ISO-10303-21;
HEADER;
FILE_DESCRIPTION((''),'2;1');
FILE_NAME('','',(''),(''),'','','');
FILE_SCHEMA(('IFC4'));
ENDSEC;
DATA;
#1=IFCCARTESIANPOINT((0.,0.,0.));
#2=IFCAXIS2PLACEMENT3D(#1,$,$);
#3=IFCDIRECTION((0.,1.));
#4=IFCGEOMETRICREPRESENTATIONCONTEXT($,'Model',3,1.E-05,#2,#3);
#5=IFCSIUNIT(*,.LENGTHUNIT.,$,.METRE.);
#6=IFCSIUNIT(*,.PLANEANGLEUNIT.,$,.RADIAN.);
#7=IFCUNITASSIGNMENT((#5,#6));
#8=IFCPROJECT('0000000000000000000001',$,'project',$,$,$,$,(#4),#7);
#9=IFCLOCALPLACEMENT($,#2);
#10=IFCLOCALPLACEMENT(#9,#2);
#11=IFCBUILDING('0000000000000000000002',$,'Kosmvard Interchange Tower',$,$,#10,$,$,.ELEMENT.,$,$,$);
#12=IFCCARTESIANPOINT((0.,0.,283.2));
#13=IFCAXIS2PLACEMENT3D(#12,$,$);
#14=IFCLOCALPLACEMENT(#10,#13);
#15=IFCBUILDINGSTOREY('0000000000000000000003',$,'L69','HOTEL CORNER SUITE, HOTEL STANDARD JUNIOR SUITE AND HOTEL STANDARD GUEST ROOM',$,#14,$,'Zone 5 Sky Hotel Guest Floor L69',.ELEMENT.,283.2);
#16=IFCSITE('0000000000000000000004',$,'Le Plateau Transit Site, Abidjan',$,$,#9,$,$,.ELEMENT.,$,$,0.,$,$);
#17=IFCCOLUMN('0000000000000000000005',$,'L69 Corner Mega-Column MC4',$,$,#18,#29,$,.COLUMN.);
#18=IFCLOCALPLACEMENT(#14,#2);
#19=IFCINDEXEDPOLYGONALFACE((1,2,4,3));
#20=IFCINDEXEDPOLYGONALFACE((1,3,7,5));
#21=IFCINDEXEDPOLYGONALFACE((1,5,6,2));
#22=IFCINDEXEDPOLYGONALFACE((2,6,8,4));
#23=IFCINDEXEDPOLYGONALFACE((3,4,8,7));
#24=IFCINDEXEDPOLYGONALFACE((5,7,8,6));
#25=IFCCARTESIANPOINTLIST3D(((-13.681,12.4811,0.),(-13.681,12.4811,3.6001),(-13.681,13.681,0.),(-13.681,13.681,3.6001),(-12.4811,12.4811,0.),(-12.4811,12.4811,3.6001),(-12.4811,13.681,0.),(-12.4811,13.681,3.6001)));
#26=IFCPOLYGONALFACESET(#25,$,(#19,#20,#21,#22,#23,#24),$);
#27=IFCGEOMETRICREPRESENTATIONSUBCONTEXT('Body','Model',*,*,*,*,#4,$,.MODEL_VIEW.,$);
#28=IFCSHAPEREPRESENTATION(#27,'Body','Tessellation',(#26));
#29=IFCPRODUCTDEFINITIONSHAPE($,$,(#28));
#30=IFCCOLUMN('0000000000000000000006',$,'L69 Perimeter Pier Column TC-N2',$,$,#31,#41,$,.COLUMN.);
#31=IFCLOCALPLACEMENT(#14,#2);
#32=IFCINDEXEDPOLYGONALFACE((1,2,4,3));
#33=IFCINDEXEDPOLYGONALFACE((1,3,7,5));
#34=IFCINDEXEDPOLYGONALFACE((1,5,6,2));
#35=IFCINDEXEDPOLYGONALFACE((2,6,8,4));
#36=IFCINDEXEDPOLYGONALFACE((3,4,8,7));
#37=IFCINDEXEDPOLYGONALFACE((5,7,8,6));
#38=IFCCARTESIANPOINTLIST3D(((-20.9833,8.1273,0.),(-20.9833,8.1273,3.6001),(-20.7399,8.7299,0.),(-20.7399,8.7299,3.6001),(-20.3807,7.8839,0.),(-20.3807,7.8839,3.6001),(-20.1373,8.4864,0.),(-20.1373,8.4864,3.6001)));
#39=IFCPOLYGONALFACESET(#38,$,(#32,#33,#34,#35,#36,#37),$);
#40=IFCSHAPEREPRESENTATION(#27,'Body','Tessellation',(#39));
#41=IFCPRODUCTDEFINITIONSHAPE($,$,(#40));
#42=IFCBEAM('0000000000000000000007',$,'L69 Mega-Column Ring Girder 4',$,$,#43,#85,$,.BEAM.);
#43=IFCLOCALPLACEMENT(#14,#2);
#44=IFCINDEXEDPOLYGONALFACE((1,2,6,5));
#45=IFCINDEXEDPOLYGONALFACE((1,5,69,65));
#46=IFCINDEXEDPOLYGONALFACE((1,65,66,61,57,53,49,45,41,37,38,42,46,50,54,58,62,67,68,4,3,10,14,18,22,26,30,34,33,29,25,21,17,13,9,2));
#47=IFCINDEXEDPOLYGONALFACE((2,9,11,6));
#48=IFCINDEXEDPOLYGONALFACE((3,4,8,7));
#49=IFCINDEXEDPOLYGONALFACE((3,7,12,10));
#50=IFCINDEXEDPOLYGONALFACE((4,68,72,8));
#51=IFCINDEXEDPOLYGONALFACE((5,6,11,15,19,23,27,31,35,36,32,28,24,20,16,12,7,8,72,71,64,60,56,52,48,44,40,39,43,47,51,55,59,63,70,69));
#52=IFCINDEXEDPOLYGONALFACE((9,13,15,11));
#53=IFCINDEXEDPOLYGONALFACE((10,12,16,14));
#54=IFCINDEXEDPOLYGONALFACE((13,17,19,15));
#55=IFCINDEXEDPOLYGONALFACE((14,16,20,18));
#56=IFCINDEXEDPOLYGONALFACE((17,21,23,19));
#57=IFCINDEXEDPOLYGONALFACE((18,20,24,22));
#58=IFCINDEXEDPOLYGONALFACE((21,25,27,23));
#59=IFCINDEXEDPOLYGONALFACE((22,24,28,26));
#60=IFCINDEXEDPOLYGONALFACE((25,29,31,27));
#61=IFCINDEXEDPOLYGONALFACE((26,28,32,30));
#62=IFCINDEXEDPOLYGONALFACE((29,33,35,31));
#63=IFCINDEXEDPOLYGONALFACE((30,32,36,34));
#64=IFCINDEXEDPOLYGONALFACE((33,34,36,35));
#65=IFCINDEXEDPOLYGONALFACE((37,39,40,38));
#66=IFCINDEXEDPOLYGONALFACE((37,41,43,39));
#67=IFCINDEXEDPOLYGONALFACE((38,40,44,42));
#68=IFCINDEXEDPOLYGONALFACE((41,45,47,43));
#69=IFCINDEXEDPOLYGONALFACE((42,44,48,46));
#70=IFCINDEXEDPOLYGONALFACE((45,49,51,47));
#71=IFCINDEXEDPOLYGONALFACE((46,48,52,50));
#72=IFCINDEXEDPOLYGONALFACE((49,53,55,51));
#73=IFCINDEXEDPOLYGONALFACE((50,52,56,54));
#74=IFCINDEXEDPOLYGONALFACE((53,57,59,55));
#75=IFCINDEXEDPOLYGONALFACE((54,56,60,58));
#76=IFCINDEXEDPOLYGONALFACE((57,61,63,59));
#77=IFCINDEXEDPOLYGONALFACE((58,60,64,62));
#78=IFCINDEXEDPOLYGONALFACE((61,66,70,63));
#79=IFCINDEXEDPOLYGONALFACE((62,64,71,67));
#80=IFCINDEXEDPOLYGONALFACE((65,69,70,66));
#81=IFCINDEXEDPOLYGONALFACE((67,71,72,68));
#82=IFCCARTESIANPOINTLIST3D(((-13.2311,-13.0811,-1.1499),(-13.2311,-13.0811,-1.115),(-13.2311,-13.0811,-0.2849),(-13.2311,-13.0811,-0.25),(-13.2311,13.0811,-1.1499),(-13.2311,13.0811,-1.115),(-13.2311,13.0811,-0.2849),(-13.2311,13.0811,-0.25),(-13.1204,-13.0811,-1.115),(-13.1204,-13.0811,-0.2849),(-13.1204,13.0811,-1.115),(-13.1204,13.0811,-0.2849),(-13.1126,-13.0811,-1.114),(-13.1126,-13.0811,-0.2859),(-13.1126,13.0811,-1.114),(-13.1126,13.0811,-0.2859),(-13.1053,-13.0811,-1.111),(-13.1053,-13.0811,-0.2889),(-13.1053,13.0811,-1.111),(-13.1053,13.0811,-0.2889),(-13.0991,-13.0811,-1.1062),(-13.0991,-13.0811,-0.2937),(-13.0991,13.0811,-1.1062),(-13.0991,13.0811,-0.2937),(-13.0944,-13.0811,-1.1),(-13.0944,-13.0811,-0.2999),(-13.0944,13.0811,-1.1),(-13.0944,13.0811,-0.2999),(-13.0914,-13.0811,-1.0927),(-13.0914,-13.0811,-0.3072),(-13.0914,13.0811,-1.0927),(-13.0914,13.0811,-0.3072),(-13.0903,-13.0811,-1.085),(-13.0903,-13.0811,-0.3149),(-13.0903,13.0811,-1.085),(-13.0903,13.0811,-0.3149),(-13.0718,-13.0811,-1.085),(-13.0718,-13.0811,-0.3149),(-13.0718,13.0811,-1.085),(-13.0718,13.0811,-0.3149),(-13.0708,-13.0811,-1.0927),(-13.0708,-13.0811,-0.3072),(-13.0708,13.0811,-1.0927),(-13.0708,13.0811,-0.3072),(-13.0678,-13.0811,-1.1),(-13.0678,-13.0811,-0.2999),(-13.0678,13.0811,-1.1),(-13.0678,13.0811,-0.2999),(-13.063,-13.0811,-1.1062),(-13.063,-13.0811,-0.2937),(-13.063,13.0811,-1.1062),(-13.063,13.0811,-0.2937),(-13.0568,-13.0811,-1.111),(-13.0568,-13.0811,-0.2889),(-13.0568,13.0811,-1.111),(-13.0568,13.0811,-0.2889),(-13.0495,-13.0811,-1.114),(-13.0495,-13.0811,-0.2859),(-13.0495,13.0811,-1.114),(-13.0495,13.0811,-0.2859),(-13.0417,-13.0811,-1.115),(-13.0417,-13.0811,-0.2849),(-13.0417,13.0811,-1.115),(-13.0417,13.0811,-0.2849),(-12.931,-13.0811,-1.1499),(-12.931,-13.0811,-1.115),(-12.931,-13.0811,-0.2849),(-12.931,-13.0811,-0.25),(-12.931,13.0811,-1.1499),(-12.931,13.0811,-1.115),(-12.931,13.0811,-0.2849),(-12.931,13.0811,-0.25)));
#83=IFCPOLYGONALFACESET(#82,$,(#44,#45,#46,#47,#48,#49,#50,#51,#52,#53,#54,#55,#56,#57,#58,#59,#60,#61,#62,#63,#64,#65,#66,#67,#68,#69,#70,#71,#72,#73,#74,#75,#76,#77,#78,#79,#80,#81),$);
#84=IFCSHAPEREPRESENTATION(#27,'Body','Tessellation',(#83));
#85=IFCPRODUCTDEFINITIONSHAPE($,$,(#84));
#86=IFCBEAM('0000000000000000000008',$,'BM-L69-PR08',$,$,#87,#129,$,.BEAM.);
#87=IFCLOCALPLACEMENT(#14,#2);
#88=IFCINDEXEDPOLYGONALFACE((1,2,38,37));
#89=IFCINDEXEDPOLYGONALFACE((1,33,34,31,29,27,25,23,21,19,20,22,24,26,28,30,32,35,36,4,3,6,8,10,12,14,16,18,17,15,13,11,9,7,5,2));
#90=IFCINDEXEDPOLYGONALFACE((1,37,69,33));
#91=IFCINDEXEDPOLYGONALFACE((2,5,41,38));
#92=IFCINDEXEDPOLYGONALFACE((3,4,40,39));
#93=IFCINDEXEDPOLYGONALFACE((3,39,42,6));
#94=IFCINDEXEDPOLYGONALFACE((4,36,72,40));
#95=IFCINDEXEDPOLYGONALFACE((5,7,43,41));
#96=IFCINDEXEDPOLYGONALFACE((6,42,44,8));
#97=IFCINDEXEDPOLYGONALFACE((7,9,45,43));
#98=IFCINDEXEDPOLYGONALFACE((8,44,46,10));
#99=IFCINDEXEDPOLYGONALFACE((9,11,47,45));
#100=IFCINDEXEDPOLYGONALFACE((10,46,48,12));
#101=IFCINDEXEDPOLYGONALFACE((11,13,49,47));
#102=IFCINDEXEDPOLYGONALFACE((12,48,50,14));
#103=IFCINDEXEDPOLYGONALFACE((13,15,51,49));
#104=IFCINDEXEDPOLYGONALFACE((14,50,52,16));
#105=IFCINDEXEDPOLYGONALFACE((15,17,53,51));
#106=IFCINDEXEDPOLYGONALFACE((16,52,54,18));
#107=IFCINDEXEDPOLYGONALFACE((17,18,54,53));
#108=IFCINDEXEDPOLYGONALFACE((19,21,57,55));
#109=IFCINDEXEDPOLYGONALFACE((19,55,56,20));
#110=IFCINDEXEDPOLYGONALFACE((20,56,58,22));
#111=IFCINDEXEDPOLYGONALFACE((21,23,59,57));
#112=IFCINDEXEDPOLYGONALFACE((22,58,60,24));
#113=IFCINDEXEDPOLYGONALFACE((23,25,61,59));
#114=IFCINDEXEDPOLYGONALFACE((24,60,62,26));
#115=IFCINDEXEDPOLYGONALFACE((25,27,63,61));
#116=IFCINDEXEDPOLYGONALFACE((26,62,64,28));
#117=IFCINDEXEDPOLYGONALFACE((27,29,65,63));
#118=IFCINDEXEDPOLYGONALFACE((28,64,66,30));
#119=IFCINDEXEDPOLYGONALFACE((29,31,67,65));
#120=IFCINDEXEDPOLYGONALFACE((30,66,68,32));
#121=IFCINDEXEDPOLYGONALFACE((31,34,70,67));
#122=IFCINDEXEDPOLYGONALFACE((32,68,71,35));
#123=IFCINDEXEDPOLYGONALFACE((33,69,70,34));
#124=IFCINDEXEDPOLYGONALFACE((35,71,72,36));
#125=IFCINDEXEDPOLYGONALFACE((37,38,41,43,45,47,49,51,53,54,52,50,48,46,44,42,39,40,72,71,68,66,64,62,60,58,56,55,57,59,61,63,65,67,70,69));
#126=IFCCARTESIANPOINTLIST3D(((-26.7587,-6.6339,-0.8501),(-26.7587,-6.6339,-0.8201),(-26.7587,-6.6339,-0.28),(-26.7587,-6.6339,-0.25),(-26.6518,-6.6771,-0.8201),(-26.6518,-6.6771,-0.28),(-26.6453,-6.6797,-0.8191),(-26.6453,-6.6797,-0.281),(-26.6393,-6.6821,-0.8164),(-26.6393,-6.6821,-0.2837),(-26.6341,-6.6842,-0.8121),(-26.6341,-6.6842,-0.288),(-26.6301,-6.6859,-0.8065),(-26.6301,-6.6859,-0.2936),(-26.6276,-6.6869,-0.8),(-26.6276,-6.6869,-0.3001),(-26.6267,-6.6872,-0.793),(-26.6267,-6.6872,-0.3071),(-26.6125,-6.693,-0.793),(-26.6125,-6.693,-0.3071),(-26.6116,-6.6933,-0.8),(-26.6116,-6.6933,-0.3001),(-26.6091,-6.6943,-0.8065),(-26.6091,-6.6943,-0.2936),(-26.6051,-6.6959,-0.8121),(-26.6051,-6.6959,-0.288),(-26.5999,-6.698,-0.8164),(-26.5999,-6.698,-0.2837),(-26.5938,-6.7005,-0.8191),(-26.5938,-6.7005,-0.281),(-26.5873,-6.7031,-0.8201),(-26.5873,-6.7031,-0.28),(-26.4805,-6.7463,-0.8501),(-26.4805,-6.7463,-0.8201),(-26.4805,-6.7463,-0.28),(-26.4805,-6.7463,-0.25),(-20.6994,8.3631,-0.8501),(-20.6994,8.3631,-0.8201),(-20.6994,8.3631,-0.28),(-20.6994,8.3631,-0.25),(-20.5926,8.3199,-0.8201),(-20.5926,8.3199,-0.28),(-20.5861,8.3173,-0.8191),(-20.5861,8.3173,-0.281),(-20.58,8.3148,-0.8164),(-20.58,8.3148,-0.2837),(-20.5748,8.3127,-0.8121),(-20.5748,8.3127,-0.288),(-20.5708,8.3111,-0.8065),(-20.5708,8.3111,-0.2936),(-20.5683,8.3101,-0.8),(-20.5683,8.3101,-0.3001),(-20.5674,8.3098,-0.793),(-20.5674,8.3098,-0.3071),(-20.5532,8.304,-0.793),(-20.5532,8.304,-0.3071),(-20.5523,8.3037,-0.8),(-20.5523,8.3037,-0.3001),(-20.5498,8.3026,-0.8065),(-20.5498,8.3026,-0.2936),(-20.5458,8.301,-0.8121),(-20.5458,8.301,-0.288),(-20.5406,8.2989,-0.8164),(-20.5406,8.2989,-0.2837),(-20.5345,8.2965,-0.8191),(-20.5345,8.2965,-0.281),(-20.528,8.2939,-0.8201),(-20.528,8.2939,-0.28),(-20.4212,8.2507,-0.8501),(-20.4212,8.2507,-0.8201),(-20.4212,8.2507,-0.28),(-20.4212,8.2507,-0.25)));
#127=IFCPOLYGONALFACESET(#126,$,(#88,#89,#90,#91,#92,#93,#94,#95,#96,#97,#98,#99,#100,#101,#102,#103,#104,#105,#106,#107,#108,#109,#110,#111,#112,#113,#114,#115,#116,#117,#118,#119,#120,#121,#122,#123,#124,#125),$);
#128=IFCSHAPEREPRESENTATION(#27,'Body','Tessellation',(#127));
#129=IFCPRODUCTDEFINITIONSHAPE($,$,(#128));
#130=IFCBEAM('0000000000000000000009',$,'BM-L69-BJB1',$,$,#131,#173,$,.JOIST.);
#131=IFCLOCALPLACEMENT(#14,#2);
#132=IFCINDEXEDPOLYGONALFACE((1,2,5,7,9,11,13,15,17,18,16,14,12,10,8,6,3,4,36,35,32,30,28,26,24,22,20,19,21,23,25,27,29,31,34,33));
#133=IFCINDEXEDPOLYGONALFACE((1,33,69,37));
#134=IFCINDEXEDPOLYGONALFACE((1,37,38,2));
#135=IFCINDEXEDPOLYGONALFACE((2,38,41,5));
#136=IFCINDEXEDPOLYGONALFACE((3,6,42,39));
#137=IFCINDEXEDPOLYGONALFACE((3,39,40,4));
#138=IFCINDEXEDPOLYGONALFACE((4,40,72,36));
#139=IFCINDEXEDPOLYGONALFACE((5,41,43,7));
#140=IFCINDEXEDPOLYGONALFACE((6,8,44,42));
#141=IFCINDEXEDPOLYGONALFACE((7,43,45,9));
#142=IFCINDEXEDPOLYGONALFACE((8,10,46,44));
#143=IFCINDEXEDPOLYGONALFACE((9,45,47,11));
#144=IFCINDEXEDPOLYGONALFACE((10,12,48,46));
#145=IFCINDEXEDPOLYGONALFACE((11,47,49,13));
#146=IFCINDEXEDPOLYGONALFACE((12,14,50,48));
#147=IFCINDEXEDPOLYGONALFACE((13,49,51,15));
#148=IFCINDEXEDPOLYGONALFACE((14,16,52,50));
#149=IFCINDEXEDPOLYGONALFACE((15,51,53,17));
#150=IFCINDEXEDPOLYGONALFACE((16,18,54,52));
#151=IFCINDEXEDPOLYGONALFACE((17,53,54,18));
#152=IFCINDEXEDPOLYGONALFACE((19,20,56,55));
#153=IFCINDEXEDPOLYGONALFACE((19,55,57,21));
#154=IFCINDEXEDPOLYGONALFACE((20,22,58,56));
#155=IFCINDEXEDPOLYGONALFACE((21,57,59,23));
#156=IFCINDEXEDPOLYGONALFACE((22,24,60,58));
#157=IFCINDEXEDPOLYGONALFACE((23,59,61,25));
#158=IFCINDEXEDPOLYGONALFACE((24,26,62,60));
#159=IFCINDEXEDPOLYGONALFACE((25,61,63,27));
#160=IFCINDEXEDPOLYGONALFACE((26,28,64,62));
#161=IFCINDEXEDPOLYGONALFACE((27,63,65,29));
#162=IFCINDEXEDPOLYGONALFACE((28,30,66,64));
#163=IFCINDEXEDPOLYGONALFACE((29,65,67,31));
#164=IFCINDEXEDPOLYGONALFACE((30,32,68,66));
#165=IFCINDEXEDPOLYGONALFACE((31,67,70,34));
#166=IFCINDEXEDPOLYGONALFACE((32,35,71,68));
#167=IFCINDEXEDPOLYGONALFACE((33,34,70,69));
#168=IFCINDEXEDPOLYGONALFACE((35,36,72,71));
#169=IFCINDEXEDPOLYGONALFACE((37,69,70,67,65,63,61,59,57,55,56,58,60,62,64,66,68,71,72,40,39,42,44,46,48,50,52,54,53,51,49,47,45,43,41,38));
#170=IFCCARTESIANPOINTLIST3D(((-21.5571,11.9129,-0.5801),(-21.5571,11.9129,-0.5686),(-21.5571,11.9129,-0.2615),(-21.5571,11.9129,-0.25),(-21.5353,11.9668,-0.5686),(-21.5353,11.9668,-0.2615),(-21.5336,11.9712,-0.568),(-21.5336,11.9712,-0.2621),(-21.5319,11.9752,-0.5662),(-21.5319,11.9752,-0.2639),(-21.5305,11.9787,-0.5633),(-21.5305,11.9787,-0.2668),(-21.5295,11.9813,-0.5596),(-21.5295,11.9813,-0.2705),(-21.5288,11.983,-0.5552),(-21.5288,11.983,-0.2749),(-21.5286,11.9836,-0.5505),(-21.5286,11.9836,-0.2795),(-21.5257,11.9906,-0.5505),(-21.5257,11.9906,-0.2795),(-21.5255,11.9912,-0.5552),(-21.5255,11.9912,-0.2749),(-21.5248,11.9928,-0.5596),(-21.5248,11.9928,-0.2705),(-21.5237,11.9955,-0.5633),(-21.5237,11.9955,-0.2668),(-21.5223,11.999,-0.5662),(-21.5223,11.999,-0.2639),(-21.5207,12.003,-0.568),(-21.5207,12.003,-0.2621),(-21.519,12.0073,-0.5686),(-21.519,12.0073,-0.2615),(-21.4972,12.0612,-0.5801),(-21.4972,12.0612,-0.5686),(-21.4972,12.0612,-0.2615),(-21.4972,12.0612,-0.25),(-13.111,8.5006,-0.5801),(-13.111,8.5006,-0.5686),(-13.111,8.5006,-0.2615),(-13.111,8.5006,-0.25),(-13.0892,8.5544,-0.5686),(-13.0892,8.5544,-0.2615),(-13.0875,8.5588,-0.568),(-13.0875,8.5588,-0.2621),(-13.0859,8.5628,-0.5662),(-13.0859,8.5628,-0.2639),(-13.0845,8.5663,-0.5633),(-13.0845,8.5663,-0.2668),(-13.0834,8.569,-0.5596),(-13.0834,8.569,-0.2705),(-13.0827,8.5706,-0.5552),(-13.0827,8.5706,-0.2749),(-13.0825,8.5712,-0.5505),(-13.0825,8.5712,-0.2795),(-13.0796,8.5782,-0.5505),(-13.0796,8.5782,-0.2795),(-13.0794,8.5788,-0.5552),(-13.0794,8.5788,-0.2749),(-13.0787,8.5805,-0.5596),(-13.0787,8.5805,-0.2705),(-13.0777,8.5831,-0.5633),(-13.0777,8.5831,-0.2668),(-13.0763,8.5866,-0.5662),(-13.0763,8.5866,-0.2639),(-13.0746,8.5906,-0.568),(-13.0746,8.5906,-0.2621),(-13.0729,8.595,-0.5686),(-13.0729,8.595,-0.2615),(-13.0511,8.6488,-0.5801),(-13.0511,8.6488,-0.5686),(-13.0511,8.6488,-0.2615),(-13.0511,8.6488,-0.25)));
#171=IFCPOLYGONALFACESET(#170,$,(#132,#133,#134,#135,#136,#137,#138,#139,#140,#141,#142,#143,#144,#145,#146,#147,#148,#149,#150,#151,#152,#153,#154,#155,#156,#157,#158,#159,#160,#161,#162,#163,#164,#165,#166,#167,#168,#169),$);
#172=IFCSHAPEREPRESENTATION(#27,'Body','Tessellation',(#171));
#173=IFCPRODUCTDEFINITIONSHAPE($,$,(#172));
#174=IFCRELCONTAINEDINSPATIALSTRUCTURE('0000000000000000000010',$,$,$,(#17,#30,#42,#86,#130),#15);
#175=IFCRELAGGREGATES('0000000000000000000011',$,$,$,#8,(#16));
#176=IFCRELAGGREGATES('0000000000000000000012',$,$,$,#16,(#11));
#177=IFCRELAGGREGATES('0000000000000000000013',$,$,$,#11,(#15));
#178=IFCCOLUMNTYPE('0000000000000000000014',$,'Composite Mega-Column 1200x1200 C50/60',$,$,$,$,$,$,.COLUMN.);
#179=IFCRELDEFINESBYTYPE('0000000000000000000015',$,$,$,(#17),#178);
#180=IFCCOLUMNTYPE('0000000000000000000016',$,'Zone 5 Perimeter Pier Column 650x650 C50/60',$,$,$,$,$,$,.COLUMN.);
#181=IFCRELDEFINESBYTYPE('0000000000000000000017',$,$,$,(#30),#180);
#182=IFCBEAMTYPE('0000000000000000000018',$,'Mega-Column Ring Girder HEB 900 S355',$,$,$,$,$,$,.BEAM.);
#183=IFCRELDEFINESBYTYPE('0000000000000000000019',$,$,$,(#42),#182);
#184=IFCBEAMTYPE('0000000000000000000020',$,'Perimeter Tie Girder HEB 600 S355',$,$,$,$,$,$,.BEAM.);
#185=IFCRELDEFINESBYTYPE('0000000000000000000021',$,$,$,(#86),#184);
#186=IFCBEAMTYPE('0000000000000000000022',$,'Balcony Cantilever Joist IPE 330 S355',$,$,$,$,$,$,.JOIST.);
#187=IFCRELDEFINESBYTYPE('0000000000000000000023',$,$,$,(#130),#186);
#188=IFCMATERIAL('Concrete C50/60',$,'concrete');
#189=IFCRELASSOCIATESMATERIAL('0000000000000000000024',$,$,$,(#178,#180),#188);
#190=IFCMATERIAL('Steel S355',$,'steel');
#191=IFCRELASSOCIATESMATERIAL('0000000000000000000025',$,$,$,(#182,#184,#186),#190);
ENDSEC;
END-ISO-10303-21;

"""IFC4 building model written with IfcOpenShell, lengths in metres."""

from ifc_helpers import new_model, si_unit, direction, frame, origin, origin_2d, place, context, subcontext, project, spatial, rectangle, i_section, extrude, source, transform, mapped, material, material_profile, profile_set, type_object, element, save


model = new_model("IFC4")

# Units and contexts
model_context = context("Model", 3, precision=1e-05, world=origin(), true_north=direction((0.0, 1.0)))
body_context = subcontext(model_context, "Body", "Model", "MODEL_VIEW")
ifc_project = project(units=[si_unit("LENGTHUNIT", "METRE"), si_unit("PLANEANGLEUNIT", "RADIAN")], contexts=[model_context])

# Site, building, storey
site_placement = place(None, origin())
site = spatial("IfcSite", under=ifc_project, at=site_placement, Name="Le Plateau Transit Site, Abidjan", CompositionType="ELEMENT", RefElevation=0.0)
building_placement = place(site_placement, origin())
building = spatial("IfcBuilding", under=site, at=building_placement, Name="Kosmvard Interchange Tower", CompositionType="ELEMENT")
storey_placement = place(building_placement, frame((0.0, 0.0, 283.2)))
storey = spatial("IfcBuildingStorey", under=building, at=storey_placement, Name="L69", Description="HOTEL CORNER SUITE, HOTEL STANDARD JUNIOR SUITE AND HOTEL STANDARD GUEST ROOM", LongName="Zone 5 Sky Hotel Guest Floor L69", CompositionType="ELEMENT", Elevation=283.2)

# Columns
ifc_material_1 = material(Name="Concrete C50/60", Category="concrete")
ifc_material_profile_1 = material_profile(ifc_material_1, rectangle(XDim=1.2, YDim=1.2, at=origin_2d()), Name="MC 1200x1200")
ifc_profile_set_1 = profile_set([ifc_material_profile_1], Name="Concrete C50/60")
column_type_1 = type_object("IfcColumnType", Name="Composite Mega-Column 1200x1200 C50/60", PredefinedType="COLUMN", material=ifc_profile_set_1)
shared_shape_1 = source(origin(), body_context, "Body", "SweptSolid", [
    extrude(rectangle(XDim=1.2, YDim=1.2, at=origin_2d()), origin(), (0.0, 0.0, 1.0), 3.6001),
])
column_1_placement = place(storey_placement, frame((-13.0811, 13.0811, 0.0), z_axis=(0.0, 0.0, 1.0), x_axis=(1.0, 0.0, 0.0)))
element("IfcColumn", 1, at=column_1_placement, inside=storey, type_object=column_type_1, Name="L69 Corner Mega-Column MC4", PredefinedType="COLUMN", context=body_context, shape_type="MappedRepresentation", body=[
    mapped(shared_shape_1, transform((0.0, 0.0, 0.0), scale=1.0)),
])
ifc_material_profile_2 = material_profile(ifc_material_1, rectangle(XDim=0.6499, YDim=0.6499, at=origin_2d()), Name="TC 650x650")
ifc_profile_set_2 = profile_set([ifc_material_profile_2], Name="Concrete C50/60")
column_type_2 = type_object("IfcColumnType", Name="Zone 5 Perimeter Pier Column 650x650 C50/60", PredefinedType="COLUMN", material=ifc_profile_set_2)
shared_shape_2 = source(origin(), body_context, "Body", "SweptSolid", [
    extrude(rectangle(XDim=0.6499, YDim=0.6499, at=origin_2d()), origin(), (0.0, 0.0, 1.0), 3.6001),
])
column_2_placement = place(storey_placement, frame((-20.5603, 8.3069, 0.0), z_axis=(0.0, 0.0, 1.0), x_axis=(0.374607, 0.927184, 0.0)))
element("IfcColumn", 2, at=column_2_placement, inside=storey, type_object=column_type_2, Name="L69 Perimeter Pier Column TC-N2", PredefinedType="COLUMN", context=body_context, shape_type="MappedRepresentation", body=[
    mapped(shared_shape_2, transform((0.0, 0.0, 0.0), scale=1.0)),
])

# Beams
ifc_material_2 = material(Name="Steel S355", Category="steel")
ifc_material_profile_3 = material_profile(ifc_material_2, i_section(OverallWidth=0.3, OverallDepth=0.8999, WebThickness=0.0186, FlangeThickness=0.0349, FilletRadius=0.03, at=origin_2d()), Name="HEB 900")
ifc_profile_set_3 = profile_set([ifc_material_profile_3], Name="Steel S355")
beam_type_1 = type_object("IfcBeamType", Name="Mega-Column Ring Girder HEB 900 S355", PredefinedType="BEAM", material=ifc_profile_set_3)
shared_shape_3 = source(origin(), body_context, "Body", "SweptSolid", [
    extrude(i_section(OverallWidth=0.3, OverallDepth=0.8999, WebThickness=0.0186, FlangeThickness=0.0349, FilletRadius=0.03, at=origin_2d()), origin(), (0.0, 0.0, 1.0), 26.1621),
])
beam_1_placement = place(storey_placement, frame((-13.0811, 13.0811, -0.7), z_axis=(0.0, -1.0, 0.0), x_axis=(1.0, 0.0, 0.0)))
element("IfcBeam", 3, at=beam_1_placement, inside=storey, type_object=beam_type_1, Name="L69 Mega-Column Ring Girder 4", PredefinedType="BEAM", context=body_context, shape_type="MappedRepresentation", body=[
    mapped(shared_shape_3, transform((0.0, 0.0, 0.0), scale=1.0)),
])
ifc_material_profile_4 = material_profile(ifc_material_2, i_section(OverallWidth=0.3, OverallDepth=0.6001, WebThickness=0.0154, FlangeThickness=0.03, FilletRadius=0.0271, at=origin_2d()), Name="HEB 600")
ifc_profile_set_4 = profile_set([ifc_material_profile_4], Name="Steel S355")
beam_type_2 = type_object("IfcBeamType", Name="Perimeter Tie Girder HEB 600 S355", PredefinedType="BEAM", material=ifc_profile_set_4)
shared_shape_4 = source(origin(), body_context, "Body", "SweptSolid", [
    extrude(i_section(OverallWidth=0.3, OverallDepth=0.6001, WebThickness=0.0154, FlangeThickness=0.03, FilletRadius=0.0271, at=origin_2d()), origin(), (0.0, 0.0, 1.0), 16.1748),
])
beam_2_placement = place(storey_placement, frame((-20.5603, 8.3069, -0.55), z_axis=(-0.374613, -0.927181, 0.0), x_axis=(0.927181, -0.374613, 0.0)))
element("IfcBeam", 4, at=beam_2_placement, inside=storey, type_object=beam_type_2, Name="BM-L69-PR08", PredefinedType="BEAM", context=body_context, shape_type="MappedRepresentation", body=[
    mapped(shared_shape_4, transform((0.0, 0.0, 0.0), scale=1.0)),
])
ifc_material_profile_5 = material_profile(ifc_material_2, i_section(OverallWidth=0.1599, OverallDepth=0.3301, WebThickness=0.0076, FlangeThickness=0.0115, FilletRadius=0.0181, at=origin_2d()), Name="IPE 330")
ifc_profile_set_5 = profile_set([ifc_material_profile_5], Name="Steel S355")
beam_type_3 = type_object("IfcBeamType", Name="Balcony Cantilever Joist IPE 330 S355", PredefinedType="JOIST", material=ifc_profile_set_5)
shared_shape_5 = source(origin(), body_context, "Body", "SweptSolid", [
    extrude(i_section(OverallWidth=0.1599, OverallDepth=0.3301, WebThickness=0.0076, FlangeThickness=0.0115, FilletRadius=0.0181, at=origin_2d()), origin(), (0.0, 0.0, 1.0), 9.1094),
])
beam_3_placement = place(storey_placement, frame((-13.0811, 8.5747, -0.415), z_axis=(-0.927187, 0.3746, 0.0), x_axis=(-0.3746, -0.927187, 0.0)))
element("IfcBeam", 5, at=beam_3_placement, inside=storey, type_object=beam_type_3, Name="BM-L69-BJB1", PredefinedType="JOIST", context=body_context, shape_type="MappedRepresentation", body=[
    mapped(shared_shape_5, transform((0.0, 0.0, 0.0), scale=1.0)),
])

save(model, "model.ifc")
